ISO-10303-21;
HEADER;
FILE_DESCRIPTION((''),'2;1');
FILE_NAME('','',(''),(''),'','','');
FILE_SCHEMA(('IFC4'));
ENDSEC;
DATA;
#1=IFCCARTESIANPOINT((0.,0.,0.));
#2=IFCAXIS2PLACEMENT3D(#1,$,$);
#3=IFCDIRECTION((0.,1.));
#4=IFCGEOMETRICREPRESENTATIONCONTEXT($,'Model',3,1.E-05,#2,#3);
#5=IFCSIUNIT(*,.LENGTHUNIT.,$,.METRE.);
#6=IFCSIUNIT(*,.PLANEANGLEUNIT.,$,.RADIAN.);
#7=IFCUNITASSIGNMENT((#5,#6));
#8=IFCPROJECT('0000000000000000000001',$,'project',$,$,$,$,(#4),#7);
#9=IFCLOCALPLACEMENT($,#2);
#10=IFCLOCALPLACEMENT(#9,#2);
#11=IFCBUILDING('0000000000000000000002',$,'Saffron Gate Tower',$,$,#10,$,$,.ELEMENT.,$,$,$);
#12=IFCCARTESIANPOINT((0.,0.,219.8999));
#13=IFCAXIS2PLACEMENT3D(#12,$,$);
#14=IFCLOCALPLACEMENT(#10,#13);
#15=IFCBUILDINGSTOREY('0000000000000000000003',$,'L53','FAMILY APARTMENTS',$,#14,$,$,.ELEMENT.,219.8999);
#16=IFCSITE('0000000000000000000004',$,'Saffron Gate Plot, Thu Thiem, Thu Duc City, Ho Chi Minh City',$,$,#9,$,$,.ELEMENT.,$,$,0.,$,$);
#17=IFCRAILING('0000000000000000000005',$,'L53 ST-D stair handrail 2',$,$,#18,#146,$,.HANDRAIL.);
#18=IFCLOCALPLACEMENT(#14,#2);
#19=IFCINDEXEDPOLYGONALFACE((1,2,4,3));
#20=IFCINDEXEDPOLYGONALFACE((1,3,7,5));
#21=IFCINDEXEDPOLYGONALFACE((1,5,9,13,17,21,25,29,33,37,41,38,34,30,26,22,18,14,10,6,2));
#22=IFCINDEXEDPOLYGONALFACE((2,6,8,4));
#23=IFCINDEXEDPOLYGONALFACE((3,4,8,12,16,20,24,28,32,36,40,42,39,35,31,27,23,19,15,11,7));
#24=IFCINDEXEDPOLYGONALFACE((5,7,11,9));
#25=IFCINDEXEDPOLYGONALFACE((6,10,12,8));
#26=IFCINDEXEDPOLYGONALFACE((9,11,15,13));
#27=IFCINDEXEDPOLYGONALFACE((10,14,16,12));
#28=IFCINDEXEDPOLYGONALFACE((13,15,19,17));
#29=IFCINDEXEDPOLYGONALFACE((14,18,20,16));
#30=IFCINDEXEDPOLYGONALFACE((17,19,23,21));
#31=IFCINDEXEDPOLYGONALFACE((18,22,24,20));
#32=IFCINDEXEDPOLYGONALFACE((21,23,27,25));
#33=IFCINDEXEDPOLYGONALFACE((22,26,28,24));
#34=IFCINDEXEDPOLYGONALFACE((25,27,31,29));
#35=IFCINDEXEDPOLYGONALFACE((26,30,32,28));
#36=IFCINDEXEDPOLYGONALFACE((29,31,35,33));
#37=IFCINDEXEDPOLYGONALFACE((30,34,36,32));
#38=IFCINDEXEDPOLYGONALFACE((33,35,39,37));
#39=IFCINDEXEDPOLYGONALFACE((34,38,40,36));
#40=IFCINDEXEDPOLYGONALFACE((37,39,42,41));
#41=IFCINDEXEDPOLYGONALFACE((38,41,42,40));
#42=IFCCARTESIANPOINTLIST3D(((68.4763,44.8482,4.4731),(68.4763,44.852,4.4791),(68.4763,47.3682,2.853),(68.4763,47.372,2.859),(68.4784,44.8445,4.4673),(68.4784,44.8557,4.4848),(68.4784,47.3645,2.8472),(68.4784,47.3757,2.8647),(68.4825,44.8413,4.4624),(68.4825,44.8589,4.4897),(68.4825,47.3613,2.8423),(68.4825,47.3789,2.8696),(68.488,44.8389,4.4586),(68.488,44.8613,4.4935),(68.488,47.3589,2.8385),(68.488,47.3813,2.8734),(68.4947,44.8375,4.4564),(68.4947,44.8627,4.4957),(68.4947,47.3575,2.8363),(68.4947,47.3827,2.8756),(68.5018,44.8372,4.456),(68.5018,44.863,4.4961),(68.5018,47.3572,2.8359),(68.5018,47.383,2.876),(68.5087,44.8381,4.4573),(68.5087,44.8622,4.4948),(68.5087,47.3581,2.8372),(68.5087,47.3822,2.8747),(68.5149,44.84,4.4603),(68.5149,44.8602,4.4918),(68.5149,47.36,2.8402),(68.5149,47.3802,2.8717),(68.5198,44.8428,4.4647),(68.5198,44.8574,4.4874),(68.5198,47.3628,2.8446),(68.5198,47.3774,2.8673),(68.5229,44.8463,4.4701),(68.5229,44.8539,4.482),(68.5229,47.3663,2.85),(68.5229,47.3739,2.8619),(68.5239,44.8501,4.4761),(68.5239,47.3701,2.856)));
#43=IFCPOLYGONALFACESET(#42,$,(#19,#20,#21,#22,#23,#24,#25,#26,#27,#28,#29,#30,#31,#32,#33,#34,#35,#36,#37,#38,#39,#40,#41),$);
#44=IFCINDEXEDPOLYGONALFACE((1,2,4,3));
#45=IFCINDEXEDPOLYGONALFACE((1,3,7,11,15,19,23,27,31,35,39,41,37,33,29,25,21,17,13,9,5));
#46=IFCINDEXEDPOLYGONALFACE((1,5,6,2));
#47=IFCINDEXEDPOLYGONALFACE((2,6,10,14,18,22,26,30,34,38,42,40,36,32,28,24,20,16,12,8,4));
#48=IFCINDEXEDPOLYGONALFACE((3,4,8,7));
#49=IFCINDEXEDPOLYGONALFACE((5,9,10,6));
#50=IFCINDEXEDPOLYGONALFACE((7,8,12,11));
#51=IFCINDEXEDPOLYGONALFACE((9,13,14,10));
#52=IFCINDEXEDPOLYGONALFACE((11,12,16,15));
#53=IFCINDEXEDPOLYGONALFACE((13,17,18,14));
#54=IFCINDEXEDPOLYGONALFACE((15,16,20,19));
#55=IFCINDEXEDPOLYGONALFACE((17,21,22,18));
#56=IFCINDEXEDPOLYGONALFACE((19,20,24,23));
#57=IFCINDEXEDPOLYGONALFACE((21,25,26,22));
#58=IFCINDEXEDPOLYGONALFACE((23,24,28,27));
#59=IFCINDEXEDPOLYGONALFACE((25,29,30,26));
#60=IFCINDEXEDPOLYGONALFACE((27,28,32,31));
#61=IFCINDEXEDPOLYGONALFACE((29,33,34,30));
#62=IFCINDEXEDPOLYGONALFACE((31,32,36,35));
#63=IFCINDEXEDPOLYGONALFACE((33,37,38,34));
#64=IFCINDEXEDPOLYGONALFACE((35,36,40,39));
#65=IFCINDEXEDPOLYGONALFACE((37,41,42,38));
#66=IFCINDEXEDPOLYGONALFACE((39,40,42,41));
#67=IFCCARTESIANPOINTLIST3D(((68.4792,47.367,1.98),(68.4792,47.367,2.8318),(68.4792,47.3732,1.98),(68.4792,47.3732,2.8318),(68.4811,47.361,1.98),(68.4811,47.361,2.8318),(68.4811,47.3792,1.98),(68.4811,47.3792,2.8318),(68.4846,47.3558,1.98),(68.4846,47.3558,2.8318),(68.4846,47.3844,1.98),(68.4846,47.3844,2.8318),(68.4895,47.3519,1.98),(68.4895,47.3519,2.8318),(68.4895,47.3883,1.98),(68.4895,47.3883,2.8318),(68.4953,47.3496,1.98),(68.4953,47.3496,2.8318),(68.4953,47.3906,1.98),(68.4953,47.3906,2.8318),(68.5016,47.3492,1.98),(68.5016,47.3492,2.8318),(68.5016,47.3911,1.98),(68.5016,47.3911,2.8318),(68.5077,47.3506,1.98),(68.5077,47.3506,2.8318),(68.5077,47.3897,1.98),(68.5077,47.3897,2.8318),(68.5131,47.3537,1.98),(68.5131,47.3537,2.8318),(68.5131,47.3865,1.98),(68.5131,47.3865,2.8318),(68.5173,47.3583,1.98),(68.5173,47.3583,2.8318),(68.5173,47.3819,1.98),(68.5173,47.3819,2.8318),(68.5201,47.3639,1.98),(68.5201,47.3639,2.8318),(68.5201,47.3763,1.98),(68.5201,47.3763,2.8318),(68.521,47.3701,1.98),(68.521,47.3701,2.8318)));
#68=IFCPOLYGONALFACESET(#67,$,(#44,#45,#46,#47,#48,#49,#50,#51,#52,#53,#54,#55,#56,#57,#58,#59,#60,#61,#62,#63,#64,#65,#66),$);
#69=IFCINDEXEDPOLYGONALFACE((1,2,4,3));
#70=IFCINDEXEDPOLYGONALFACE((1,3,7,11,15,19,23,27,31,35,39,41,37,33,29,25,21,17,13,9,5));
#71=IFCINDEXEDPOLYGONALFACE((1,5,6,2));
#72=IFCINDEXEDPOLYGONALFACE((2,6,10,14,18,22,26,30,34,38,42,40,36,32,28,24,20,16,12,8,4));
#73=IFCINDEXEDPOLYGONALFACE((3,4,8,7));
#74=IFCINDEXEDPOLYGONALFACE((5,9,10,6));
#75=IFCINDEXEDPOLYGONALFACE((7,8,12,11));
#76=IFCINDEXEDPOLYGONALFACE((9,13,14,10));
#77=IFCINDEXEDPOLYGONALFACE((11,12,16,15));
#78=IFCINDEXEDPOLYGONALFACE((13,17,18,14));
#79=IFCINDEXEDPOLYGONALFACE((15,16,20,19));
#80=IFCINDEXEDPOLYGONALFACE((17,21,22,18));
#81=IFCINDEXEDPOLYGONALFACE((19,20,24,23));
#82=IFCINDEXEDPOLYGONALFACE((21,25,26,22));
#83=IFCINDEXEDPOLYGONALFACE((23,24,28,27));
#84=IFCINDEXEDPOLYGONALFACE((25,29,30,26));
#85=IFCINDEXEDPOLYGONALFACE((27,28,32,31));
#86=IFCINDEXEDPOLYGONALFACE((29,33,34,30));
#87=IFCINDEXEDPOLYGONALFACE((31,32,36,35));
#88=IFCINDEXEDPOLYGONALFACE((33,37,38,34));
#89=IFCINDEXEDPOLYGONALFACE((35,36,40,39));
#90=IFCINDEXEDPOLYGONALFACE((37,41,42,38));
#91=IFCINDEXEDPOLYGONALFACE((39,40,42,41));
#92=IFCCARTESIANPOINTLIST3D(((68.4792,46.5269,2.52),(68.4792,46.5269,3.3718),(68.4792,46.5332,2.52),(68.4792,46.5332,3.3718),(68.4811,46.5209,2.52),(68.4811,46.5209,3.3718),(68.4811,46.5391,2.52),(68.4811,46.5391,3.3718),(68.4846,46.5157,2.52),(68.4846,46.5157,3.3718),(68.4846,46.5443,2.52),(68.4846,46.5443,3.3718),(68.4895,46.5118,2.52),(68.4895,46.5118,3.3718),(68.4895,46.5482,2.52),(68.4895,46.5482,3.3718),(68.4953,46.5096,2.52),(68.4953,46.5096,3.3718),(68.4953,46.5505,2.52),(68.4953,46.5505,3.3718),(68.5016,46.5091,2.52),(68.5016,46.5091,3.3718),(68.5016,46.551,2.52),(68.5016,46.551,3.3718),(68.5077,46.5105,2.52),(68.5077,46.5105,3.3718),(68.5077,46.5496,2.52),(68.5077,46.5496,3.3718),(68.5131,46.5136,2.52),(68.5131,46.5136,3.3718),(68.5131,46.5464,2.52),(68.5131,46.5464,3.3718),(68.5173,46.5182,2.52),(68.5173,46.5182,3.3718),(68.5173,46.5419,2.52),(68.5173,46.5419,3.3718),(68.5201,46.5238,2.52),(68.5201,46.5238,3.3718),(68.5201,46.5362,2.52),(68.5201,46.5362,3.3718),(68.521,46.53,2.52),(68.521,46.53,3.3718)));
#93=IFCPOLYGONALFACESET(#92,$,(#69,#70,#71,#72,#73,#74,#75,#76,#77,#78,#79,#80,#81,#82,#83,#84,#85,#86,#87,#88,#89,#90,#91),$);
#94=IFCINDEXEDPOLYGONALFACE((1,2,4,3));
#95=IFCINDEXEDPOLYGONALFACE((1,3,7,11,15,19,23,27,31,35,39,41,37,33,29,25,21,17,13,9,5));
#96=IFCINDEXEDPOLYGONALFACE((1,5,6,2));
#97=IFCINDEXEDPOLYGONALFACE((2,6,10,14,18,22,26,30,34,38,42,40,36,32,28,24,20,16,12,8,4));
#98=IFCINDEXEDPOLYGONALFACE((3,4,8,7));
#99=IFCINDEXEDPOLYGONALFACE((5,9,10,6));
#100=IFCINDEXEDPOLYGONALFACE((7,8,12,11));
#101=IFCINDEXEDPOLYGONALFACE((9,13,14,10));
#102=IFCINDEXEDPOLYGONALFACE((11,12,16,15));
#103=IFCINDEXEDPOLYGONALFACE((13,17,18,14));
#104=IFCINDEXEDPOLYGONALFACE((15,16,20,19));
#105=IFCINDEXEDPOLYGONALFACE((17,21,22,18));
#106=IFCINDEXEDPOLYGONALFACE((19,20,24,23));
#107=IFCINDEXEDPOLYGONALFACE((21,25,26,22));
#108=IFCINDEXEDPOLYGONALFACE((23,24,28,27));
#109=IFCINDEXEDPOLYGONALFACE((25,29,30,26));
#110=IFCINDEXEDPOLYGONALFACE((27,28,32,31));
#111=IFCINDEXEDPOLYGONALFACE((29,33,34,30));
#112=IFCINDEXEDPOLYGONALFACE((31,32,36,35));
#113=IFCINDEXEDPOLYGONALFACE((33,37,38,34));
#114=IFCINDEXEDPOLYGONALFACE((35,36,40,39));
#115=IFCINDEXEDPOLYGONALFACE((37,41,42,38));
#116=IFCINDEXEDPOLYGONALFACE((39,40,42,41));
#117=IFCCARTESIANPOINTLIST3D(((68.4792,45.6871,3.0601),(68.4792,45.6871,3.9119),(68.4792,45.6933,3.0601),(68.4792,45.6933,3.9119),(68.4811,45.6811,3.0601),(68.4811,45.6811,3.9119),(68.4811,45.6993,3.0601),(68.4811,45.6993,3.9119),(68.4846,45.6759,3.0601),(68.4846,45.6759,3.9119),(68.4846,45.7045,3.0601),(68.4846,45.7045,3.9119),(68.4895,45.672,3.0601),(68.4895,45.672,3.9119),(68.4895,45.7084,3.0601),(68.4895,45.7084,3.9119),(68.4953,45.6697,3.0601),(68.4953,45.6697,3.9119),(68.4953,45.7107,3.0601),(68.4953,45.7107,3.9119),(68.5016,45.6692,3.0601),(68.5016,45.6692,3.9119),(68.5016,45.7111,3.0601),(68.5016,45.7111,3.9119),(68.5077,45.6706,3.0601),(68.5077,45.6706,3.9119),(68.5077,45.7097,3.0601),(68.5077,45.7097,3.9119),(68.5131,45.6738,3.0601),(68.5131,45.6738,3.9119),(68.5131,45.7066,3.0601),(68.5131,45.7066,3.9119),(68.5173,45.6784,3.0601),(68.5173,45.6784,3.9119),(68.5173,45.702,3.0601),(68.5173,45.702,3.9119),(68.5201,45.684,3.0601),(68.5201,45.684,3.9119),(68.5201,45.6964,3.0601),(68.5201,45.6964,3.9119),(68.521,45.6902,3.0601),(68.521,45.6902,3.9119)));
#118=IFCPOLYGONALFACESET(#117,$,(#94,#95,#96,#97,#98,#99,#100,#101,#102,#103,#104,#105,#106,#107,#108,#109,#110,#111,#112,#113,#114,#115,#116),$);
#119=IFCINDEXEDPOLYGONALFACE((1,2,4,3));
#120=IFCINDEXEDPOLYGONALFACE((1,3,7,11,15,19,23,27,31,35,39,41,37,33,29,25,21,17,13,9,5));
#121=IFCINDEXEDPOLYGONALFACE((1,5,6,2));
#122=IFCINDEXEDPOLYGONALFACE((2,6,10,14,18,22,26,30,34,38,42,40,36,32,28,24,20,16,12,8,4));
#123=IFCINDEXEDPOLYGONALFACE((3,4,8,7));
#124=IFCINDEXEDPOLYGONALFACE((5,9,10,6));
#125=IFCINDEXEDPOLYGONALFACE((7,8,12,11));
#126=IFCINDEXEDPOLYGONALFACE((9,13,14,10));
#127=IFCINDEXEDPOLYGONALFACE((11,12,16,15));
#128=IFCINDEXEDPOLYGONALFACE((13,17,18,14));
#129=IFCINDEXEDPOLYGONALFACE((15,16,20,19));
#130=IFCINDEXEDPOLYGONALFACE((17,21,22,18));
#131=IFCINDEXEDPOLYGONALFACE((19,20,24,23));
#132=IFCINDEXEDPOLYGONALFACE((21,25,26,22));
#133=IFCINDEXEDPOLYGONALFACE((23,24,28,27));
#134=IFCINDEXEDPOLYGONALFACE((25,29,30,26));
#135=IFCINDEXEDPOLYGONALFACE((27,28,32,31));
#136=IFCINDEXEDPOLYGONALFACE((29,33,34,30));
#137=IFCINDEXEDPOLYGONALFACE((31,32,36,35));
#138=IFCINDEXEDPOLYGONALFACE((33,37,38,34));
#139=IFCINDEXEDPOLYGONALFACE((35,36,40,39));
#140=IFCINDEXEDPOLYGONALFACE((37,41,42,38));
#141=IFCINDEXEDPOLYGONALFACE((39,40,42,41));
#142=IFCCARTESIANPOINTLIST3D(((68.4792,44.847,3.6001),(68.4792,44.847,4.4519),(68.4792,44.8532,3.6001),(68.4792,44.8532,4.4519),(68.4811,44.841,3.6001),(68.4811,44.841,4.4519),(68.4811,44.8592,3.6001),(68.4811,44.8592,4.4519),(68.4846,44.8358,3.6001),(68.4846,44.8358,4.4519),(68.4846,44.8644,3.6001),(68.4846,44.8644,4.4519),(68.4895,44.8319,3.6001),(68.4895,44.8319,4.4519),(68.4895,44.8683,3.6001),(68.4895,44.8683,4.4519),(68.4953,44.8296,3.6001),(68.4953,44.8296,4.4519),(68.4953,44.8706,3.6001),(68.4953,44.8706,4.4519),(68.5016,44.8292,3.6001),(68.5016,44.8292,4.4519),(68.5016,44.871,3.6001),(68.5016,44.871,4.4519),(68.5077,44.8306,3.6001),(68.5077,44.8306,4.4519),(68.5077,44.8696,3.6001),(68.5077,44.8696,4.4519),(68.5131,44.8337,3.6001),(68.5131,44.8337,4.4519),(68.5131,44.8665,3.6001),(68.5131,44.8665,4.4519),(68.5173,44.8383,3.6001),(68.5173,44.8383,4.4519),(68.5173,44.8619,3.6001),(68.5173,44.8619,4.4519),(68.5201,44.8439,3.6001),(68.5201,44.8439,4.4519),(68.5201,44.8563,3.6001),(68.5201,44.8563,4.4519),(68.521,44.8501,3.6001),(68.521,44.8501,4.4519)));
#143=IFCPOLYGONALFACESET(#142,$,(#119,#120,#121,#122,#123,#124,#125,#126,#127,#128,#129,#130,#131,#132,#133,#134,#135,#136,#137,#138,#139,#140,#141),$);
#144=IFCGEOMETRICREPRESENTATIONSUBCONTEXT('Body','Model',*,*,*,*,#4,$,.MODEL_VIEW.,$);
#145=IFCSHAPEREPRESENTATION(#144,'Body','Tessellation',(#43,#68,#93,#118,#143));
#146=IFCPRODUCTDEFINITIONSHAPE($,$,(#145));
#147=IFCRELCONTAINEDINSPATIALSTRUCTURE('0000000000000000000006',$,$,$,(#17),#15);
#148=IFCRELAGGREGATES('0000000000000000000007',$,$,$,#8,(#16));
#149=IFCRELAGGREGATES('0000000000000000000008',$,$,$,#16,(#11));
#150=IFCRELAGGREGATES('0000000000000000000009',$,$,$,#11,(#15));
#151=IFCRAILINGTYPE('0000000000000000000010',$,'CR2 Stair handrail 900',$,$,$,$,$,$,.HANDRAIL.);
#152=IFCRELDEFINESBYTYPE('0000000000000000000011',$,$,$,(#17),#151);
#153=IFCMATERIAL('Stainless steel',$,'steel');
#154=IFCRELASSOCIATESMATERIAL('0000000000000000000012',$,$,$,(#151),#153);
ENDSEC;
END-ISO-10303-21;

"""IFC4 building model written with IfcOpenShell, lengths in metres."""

from ifc_helpers import new_model, si_unit, direction, frame, origin, origin_2d, place, context, subcontext, project, spatial, circle, extrude, material, type_object, element, save


model = new_model("IFC4")

# Units and contexts
model_context = context("Model", 3, precision=1e-05, world=origin(), true_north=direction((0.0, 1.0)))
body_context = subcontext(model_context, "Body", "Model", "MODEL_VIEW")
ifc_project = project(units=[si_unit("LENGTHUNIT", "METRE"), si_unit("PLANEANGLEUNIT", "RADIAN")], contexts=[model_context])

# Site, building, storey
site_placement = place(None, origin())
site = spatial("IfcSite", under=ifc_project, at=site_placement, Name="Saffron Gate Plot, Thu Thiem, Thu Duc City, Ho Chi Minh City", CompositionType="ELEMENT", RefElevation=0.0)
building_placement = place(site_placement, origin())
building = spatial("IfcBuilding", under=site, at=building_placement, Name="Saffron Gate Tower", CompositionType="ELEMENT")
storey_placement = place(building_placement, frame((0.0, 0.0, 219.8999)))
storey = spatial("IfcBuildingStorey", under=building, at=storey_placement, Name="L53", Description="FAMILY APARTMENTS", CompositionType="ELEMENT", Elevation=219.8999)

# Railing
ifc_material_1 = material(Name="Stainless steel", Category="steel")
railing_type_1 = type_object("IfcRailingType", Name="CR2 Stair handrail 900", PredefinedType="HANDRAIL", material=ifc_material_1)
railing_1_placement = place(storey_placement, frame((68.5, 47.3701, 1.98)))
element("IfcRailing", 1, at=railing_1_placement, inside=storey, type_object=railing_type_1, Name="L53 ST-D stair handrail 2", PredefinedType="HANDRAIL", context=body_context, shape_type="SweptSolid", body=[
    extrude(circle(Radius=0.0239, at=origin_2d()), frame((0.0, 0.0, 0.876), z_axis=(0.0, -0.841163, 0.540782), x_axis=(1.0, 0.0, 0.0)), (0.0, 0.0, 1.0), 2.9958),
    extrude(circle(Radius=0.021, at=origin_2d()), origin(), (0.0, 0.0, 1.0), 0.8518),
    extrude(circle(Radius=0.021, at=origin_2d()), frame((0.0, -0.8401, 0.54)), (0.0, 0.0, 1.0), 0.8518),
    extrude(circle(Radius=0.021, at=origin_2d()), frame((0.0, -1.6799, 1.0801)), (0.0, 0.0, 1.0), 0.8518),
    extrude(circle(Radius=0.021, at=origin_2d()), frame((0.0, -2.52, 1.6201)), (0.0, 0.0, 1.0), 0.8518),
])

save(model, "model.ifc")
